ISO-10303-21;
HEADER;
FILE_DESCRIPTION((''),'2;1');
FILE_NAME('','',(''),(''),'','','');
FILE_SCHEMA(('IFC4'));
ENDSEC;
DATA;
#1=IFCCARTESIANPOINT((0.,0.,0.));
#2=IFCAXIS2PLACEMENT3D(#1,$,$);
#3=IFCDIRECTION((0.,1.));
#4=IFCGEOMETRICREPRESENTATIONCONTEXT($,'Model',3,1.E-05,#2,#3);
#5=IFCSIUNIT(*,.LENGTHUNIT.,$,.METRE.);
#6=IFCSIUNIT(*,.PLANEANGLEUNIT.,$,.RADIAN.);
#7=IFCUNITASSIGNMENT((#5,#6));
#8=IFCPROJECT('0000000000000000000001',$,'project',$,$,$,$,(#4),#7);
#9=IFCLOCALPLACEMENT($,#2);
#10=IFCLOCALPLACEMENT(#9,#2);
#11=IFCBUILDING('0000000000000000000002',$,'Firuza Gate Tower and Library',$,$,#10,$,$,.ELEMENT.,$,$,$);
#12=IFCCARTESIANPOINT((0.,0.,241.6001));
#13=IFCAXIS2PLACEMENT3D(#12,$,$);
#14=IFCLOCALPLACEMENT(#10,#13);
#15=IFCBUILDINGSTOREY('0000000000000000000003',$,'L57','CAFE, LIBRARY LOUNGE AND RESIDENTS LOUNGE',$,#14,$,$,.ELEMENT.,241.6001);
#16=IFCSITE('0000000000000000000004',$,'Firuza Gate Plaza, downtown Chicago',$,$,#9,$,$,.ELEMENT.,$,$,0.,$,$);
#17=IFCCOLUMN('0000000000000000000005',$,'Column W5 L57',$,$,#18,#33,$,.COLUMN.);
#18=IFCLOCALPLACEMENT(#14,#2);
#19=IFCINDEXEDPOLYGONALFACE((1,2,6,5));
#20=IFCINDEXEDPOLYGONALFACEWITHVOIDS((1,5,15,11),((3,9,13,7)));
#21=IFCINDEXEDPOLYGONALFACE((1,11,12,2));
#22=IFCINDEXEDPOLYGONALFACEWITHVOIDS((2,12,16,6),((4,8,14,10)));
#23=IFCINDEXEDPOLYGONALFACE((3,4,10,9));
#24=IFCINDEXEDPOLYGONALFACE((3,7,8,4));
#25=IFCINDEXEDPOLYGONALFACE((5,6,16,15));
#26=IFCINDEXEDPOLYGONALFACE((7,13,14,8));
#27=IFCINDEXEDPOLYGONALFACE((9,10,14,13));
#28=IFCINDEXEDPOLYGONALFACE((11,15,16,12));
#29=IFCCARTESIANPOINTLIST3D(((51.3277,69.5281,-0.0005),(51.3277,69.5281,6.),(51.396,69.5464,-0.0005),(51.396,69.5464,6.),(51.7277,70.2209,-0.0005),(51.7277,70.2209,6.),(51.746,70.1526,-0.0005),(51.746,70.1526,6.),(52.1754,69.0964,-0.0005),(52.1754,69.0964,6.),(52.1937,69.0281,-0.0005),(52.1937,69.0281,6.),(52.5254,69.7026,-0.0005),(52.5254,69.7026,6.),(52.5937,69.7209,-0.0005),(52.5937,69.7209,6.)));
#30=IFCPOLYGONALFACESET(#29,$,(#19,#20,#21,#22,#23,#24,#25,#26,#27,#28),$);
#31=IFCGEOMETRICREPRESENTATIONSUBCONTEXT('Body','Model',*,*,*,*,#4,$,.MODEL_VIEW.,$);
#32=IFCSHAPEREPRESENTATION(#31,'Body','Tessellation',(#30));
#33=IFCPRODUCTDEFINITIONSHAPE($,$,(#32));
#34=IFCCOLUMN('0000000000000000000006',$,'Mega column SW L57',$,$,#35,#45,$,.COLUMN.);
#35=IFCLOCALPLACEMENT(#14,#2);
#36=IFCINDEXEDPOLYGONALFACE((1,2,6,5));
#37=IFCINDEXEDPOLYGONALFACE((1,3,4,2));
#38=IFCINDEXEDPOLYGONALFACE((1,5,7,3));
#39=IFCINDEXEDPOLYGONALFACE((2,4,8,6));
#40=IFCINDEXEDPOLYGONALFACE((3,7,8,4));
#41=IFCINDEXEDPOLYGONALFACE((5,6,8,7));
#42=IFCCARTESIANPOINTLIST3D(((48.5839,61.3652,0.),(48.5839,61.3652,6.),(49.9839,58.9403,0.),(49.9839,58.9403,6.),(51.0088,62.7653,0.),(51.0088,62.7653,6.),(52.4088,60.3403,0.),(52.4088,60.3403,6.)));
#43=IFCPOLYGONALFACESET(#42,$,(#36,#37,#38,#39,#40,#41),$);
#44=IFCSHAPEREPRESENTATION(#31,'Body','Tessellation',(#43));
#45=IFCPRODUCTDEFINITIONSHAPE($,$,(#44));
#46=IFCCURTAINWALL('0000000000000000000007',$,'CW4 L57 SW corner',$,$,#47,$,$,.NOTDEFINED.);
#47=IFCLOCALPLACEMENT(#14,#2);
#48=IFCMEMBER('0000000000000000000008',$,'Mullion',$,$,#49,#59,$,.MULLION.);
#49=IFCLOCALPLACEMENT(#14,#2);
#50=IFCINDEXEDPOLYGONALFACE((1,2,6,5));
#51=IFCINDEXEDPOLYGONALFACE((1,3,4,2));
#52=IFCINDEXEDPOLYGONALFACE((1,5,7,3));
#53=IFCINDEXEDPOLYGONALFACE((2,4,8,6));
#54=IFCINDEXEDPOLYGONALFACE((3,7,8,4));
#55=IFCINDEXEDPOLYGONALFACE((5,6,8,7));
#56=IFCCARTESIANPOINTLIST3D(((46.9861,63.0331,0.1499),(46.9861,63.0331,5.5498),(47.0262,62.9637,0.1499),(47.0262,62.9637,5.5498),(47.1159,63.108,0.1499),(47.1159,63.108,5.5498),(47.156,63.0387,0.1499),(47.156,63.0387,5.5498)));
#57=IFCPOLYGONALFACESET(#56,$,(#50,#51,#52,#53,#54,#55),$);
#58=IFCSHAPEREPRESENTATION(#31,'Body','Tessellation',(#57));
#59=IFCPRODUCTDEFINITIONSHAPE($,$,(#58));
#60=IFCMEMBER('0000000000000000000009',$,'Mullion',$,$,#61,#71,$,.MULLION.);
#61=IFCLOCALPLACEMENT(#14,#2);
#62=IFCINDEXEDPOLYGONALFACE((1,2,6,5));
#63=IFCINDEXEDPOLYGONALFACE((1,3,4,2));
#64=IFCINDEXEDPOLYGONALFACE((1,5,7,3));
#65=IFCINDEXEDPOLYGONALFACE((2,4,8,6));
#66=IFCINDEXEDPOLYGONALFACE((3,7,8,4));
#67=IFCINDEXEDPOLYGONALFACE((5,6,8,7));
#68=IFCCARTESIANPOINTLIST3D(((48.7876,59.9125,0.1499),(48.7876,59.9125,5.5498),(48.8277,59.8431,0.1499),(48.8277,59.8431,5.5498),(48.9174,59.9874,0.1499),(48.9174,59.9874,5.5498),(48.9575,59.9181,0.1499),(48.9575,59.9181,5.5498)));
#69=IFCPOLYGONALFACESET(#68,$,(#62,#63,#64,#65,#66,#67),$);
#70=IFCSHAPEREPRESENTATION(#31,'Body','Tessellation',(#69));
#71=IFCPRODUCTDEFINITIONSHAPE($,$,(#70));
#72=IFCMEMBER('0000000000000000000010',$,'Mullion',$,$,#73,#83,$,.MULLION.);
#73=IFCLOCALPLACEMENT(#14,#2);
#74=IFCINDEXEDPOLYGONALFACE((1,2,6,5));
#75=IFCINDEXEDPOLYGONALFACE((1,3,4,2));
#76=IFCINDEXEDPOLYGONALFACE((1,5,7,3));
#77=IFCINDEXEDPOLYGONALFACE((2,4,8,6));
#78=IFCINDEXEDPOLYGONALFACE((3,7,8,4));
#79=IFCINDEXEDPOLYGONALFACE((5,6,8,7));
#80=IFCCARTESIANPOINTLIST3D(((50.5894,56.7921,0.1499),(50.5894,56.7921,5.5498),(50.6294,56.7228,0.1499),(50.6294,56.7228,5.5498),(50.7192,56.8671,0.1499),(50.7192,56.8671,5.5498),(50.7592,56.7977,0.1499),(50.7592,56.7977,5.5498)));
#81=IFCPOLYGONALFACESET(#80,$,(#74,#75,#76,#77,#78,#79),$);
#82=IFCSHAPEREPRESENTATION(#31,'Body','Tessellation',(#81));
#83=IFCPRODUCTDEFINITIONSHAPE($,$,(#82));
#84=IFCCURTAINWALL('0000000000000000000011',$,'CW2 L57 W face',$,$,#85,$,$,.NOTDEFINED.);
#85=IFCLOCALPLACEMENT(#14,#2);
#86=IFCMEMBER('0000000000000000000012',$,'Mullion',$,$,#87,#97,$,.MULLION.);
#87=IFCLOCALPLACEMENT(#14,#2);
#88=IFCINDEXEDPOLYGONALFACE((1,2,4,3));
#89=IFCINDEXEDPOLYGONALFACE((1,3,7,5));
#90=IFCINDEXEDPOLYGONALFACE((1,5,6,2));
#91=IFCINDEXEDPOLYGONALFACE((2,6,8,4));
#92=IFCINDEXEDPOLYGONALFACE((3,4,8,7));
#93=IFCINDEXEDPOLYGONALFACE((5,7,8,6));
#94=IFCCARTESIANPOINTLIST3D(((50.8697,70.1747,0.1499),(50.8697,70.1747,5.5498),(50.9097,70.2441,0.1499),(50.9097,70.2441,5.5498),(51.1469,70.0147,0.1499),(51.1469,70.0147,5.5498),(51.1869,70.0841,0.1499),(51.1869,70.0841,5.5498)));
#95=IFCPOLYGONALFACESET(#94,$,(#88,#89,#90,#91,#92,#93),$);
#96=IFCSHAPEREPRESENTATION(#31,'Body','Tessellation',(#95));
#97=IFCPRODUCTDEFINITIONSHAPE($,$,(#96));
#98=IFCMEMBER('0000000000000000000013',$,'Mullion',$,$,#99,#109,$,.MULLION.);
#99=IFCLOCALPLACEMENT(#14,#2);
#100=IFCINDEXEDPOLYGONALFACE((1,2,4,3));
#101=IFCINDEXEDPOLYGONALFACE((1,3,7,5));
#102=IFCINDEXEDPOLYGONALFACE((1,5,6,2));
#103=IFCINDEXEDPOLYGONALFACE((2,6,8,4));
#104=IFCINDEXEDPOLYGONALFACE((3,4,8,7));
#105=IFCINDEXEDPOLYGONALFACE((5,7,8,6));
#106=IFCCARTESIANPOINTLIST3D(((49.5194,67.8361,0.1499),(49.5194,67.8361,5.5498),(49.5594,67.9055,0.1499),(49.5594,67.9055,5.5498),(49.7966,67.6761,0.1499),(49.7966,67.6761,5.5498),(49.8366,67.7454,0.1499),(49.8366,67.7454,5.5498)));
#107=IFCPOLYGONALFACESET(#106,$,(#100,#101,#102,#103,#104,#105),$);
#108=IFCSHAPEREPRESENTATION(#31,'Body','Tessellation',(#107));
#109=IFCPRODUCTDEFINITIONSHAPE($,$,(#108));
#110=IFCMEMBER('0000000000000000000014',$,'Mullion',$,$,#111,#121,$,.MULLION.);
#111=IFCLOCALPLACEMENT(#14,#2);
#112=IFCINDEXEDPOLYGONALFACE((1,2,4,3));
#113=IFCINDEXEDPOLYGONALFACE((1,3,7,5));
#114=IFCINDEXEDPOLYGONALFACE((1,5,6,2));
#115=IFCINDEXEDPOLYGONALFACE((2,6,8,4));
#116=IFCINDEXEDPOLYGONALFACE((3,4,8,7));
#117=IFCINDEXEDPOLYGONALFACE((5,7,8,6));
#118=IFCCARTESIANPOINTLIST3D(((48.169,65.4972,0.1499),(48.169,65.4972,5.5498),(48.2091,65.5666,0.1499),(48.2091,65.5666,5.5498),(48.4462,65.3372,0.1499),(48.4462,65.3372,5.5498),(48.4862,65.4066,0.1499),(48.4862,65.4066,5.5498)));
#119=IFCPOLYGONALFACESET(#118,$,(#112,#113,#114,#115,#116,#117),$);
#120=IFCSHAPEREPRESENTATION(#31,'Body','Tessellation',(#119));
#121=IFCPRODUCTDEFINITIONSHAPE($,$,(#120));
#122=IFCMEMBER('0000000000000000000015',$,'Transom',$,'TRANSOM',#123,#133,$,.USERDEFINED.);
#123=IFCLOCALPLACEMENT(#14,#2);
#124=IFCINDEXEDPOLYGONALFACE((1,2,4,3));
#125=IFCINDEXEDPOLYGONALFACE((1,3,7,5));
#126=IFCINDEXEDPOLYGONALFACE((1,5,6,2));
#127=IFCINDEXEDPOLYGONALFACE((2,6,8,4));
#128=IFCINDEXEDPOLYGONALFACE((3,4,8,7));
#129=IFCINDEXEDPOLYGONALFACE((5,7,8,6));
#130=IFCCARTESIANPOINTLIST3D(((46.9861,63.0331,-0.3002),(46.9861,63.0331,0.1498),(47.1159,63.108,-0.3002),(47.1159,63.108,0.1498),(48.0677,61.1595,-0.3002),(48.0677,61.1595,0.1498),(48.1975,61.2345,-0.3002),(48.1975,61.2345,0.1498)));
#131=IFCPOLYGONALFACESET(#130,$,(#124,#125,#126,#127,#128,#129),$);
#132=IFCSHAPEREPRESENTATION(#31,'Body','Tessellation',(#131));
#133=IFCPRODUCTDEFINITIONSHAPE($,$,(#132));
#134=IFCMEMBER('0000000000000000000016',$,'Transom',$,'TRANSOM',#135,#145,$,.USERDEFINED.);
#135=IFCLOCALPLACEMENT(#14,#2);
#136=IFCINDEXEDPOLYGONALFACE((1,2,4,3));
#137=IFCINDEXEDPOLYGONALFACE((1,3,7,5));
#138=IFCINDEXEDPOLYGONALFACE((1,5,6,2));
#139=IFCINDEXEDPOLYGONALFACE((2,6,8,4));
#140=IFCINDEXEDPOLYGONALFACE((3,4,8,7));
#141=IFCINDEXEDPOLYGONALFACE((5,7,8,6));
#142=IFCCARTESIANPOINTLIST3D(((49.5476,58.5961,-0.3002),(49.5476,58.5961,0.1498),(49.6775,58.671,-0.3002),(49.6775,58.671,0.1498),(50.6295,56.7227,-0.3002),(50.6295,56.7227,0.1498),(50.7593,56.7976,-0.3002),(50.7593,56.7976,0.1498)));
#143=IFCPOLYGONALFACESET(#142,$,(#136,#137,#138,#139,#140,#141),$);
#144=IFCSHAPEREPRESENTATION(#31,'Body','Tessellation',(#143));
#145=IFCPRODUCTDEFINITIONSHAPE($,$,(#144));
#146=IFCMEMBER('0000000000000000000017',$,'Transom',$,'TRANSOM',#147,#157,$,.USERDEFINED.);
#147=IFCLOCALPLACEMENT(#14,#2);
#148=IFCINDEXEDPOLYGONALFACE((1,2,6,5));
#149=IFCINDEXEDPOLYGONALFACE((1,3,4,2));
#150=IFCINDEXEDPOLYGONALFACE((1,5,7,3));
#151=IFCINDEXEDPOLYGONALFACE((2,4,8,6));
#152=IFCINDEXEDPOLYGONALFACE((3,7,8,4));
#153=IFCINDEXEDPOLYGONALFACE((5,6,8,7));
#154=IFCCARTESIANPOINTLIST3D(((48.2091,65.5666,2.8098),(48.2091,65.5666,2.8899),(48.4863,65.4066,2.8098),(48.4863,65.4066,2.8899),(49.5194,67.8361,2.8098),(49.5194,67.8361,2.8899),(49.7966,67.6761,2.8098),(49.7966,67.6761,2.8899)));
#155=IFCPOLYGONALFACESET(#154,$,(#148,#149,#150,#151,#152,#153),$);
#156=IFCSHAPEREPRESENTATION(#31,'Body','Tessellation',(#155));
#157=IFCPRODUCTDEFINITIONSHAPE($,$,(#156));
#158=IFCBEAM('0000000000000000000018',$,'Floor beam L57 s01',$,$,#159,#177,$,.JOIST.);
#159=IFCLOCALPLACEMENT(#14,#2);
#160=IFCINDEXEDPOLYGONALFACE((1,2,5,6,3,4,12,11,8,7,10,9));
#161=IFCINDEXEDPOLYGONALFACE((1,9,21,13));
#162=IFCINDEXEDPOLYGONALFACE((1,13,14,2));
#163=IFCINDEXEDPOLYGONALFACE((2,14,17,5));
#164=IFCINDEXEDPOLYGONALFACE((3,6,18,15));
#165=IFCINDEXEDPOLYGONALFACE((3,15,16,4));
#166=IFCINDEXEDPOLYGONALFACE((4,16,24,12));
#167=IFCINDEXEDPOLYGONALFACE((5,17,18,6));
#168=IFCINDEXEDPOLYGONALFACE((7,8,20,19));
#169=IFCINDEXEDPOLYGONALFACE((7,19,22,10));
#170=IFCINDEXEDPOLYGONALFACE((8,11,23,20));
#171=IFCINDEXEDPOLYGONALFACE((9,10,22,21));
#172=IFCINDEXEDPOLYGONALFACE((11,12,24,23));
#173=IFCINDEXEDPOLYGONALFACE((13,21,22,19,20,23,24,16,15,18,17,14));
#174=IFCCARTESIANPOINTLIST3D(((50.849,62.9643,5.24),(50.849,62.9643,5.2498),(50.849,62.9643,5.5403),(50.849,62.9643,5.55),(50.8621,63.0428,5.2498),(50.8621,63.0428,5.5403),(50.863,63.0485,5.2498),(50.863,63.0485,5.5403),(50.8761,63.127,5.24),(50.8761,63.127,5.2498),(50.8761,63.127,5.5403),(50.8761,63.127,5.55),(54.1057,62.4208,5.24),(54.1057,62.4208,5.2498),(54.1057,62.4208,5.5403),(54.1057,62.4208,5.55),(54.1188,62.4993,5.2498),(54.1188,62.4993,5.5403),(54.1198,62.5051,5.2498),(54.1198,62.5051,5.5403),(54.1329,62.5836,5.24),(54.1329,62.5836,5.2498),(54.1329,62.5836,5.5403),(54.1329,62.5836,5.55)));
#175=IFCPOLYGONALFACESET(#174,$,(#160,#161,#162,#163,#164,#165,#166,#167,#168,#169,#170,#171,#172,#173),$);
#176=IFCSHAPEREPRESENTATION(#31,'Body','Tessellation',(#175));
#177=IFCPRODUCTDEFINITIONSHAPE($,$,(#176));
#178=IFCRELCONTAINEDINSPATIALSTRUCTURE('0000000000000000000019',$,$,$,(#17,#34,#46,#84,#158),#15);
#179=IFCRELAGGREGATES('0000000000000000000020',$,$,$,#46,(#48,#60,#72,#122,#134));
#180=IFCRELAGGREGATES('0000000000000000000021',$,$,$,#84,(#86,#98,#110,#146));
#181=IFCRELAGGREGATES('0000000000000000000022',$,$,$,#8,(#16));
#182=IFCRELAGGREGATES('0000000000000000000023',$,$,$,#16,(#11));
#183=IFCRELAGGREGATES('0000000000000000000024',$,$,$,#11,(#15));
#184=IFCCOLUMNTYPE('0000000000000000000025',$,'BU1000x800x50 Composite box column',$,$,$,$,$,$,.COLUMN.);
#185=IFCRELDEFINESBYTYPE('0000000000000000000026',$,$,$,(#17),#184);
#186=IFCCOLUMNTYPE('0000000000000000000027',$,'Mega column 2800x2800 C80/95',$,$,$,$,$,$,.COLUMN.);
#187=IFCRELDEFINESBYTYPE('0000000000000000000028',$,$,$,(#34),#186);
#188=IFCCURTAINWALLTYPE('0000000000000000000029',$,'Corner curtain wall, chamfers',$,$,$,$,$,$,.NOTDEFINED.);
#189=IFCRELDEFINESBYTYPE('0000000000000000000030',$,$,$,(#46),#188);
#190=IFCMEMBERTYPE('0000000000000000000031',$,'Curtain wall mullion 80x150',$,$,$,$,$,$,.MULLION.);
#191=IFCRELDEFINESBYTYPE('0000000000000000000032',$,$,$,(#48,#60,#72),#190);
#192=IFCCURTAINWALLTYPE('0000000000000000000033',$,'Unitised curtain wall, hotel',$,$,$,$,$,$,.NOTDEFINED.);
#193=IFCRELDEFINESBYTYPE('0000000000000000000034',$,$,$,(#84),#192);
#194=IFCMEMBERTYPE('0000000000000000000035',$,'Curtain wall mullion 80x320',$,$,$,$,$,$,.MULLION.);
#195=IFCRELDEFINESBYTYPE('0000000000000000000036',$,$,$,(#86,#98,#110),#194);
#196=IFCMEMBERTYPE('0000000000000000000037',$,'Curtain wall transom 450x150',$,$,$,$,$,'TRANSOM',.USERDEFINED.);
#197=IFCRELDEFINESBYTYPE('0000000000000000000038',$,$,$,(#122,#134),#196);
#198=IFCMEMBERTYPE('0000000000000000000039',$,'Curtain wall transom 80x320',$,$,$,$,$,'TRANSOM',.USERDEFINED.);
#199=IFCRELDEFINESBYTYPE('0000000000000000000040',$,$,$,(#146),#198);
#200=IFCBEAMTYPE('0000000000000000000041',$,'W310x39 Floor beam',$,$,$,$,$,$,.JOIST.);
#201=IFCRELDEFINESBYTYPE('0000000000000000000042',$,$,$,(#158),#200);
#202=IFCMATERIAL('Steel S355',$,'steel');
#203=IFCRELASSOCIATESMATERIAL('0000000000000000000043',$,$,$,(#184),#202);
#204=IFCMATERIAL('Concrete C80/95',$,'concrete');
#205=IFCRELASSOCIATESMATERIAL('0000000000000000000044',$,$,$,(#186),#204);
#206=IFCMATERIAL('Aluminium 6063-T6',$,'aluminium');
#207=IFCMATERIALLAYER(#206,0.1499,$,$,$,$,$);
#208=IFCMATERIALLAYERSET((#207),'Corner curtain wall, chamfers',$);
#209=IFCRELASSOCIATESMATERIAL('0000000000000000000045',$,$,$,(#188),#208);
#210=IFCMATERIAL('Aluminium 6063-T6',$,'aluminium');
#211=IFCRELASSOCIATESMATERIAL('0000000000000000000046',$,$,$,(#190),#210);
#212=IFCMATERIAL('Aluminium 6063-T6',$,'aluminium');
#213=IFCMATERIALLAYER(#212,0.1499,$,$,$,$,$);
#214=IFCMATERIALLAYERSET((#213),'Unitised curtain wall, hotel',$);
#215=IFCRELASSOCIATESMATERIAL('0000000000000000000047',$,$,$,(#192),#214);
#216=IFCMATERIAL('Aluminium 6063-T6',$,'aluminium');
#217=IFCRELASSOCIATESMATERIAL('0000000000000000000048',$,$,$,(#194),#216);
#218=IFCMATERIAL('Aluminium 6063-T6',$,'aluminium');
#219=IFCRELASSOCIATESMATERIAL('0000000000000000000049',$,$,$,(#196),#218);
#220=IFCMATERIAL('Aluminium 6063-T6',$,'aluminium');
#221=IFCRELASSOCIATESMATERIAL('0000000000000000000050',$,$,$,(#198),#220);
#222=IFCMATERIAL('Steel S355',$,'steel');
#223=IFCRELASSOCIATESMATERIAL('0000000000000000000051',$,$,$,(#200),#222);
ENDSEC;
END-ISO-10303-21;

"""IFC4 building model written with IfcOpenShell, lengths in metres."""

from ifc_helpers import new_model, si_unit, direction, frame, origin, origin_2d, place, context, subcontext, project, spatial, rectangle, hollow_rectangle, i_section, extrude, material, layer, layer_set, material_profile, profile_set, type_object, element, aggregate, save


model = new_model("IFC4")

# Units and contexts
model_context = context("Model", 3, precision=1e-05, world=origin(), true_north=direction((0.0, 1.0)))
body_context = subcontext(model_context, "Body", "Model", "MODEL_VIEW")
ifc_project = project(units=[si_unit("LENGTHUNIT", "METRE"), si_unit("PLANEANGLEUNIT", "RADIAN")], contexts=[model_context])

# Site, building, storey
site_placement = place(None, origin())
site = spatial("IfcSite", under=ifc_project, at=site_placement, Name="Firuza Gate Plaza, downtown Chicago", CompositionType="ELEMENT", RefElevation=0.0)
building_placement = place(site_placement, origin())
building = spatial("IfcBuilding", under=site, at=building_placement, Name="Firuza Gate Tower and Library", CompositionType="ELEMENT")
storey_placement = place(building_placement, frame((0.0, 0.0, 241.6001)))
storey = spatial("IfcBuildingStorey", under=building, at=storey_placement, Name="L57", Description="CAFE, LIBRARY LOUNGE AND RESIDENTS LOUNGE", CompositionType="ELEMENT", Elevation=241.6001)

# Columns
ifc_material_1 = material(Name="Steel S355", Category="steel")
ifc_material_profile_1 = material_profile(ifc_material_1, hollow_rectangle(XDim=0.8, YDim=1.0, WallThickness=0.05, at=origin_2d()))
ifc_profile_set_1 = profile_set([ifc_material_profile_1], Name="Steel S355")
column_type_1 = type_object("IfcColumnType", Name="BU1000x800x50 Composite box column", PredefinedType="COLUMN", material=ifc_profile_set_1)
column_1_placement = place(storey_placement, frame((51.9607, 69.6245, -0.0005), z_axis=(0.0, 0.0, 1.0), x_axis=(-0.5, -0.866025, 0.0)))
element("IfcColumn", 1, at=column_1_placement, inside=storey, type_object=column_type_1, Name="Column W5 L57", PredefinedType="COLUMN", context=body_context, shape_type="SweptSolid", body=[
    extrude(hollow_rectangle(XDim=0.8, YDim=1.0, WallThickness=0.05, at=origin_2d()), origin(), (0.0, 0.0, 1.0), 6.0005),
])
ifc_material_2 = material(Name="Concrete C80/95", Category="concrete")
ifc_material_profile_2 = material_profile(ifc_material_2, rectangle(XDim=2.8, YDim=2.8, at=origin_2d()))
ifc_profile_set_2 = profile_set([ifc_material_profile_2], Name="Concrete C80/95")
column_type_2 = type_object("IfcColumnType", Name="Mega column 2800x2800 C80/95", PredefinedType="COLUMN", material=ifc_profile_set_2)
column_2_placement = place(storey_placement, frame((50.4963, 60.8528, 0.0), z_axis=(0.0, 0.0, 1.0), x_axis=(0.5, -0.866025, 0.0)))
element("IfcColumn", 2, at=column_2_placement, inside=storey, type_object=column_type_2, Name="Mega column SW L57", PredefinedType="COLUMN", context=body_context, shape_type="SweptSolid", body=[
    extrude(rectangle(XDim=2.8, YDim=2.8, at=origin_2d()), origin(), (0.0, 0.0, 1.0), 6.0),
])

# Curtain walls, members
ifc_material_3 = material(Name="Aluminium 6063-T6", Category="aluminium")
ifc_layer_1 = layer(ifc_material_3, 0.1499)
ifc_layer_set_1 = layer_set([ifc_layer_1], Name="Corner curtain wall, chamfers")
curtain_wall_type_1 = type_object("IfcCurtainWallType", Name="Corner curtain wall, chamfers", PredefinedType="NOTDEFINED", material=ifc_layer_set_1)
placement = place(storey_placement, origin())
curtain_wall_1 = element("IfcCurtainWall", 3, at=placement, inside=storey, type_object=curtain_wall_type_1, Name="CW4 L57 SW corner", PredefinedType="NOTDEFINED")
ifc_material_4 = material(Name="Aluminium 6063-T6", Category="aluminium")
ifc_material_profile_3 = material_profile(ifc_material_4, rectangle(XDim=0.1499, YDim=0.0801, at=origin_2d()))
ifc_profile_set_3 = profile_set([ifc_material_profile_3], Name="Aluminium 6063-T6")
member_type_1 = type_object("IfcMemberType", Name="Curtain wall mullion 80x150", PredefinedType="MULLION", material=ifc_profile_set_3)
member_1_placement = place(storey_placement, frame((47.071, 63.0359, 0.1499), z_axis=(0.0, 0.0, 1.0), x_axis=(0.866025, 0.5, 0.0)))
member_1 = element("IfcMember", 4, at=member_1_placement, type_object=member_type_1, Name="Mullion", PredefinedType="MULLION", context=body_context, shape_type="SweptSolid", body=[
    extrude(rectangle(XDim=0.1499, YDim=0.0801, at=origin_2d()), origin(), (0.0, 0.0, 1.0), 5.3999),
])
member_2_placement = place(storey_placement, frame((48.8726, 59.9153, 0.1499), z_axis=(0.0, 0.0, 1.0), x_axis=(0.866025, 0.5, 0.0)))
member_2 = element("IfcMember", 5, at=member_2_placement, type_object=member_type_1, Name="Mullion", PredefinedType="MULLION", context=body_context, shape_type="SweptSolid", body=[
    extrude(rectangle(XDim=0.1499, YDim=0.0801, at=origin_2d()), origin(), (0.0, 0.0, 1.0), 5.3999),
])
member_3_placement = place(storey_placement, frame((50.6743, 56.7949, 0.1499), z_axis=(0.0, 0.0, 1.0), x_axis=(0.866025, 0.5, 0.0)))
member_3 = element("IfcMember", 6, at=member_3_placement, type_object=member_type_1, Name="Mullion", PredefinedType="MULLION", context=body_context, shape_type="SweptSolid", body=[
    extrude(rectangle(XDim=0.1499, YDim=0.0801, at=origin_2d()), origin(), (0.0, 0.0, 1.0), 5.3999),
])
ifc_material_5 = material(Name="Aluminium 6063-T6", Category="aluminium")
ifc_layer_2 = layer(ifc_material_5, 0.1499)
ifc_layer_set_2 = layer_set([ifc_layer_2], Name="Unitised curtain wall, hotel")
curtain_wall_type_2 = type_object("IfcCurtainWallType", Name="Unitised curtain wall, hotel", PredefinedType="NOTDEFINED", material=ifc_layer_set_2)
curtain_wall_2 = element("IfcCurtainWall", 7, at=placement, inside=storey, type_object=curtain_wall_type_2, Name="CW2 L57 W face", PredefinedType="NOTDEFINED")
ifc_material_6 = material(Name="Aluminium 6063-T6", Category="aluminium")
ifc_material_profile_4 = material_profile(ifc_material_6, rectangle(XDim=0.3201, YDim=0.0801, at=origin_2d()))
ifc_profile_set_4 = profile_set([ifc_material_profile_4], Name="Aluminium 6063-T6")
member_type_2 = type_object("IfcMemberType", Name="Curtain wall mullion 80x320", PredefinedType="MULLION", material=ifc_profile_set_4)
member_4_placement = place(storey_placement, frame((51.0283, 70.1294, 0.1499), z_axis=(0.0, 0.0, 1.0), x_axis=(0.866025, -0.5, 0.0)))
member_4 = element("IfcMember", 8, at=member_4_placement, type_object=member_type_2, Name="Mullion", PredefinedType="MULLION", context=body_context, shape_type="SweptSolid", body=[
    extrude(rectangle(XDim=0.3201, YDim=0.0801, at=origin_2d()), origin(), (0.0, 0.0, 1.0), 5.3999),
])
member_5_placement = place(storey_placement, frame((49.678, 67.7908, 0.1499), z_axis=(0.0, 0.0, 1.0), x_axis=(0.866025, -0.5, 0.0)))
member_5 = element("IfcMember", 9, at=member_5_placement, type_object=member_type_2, Name="Mullion", PredefinedType="MULLION", context=body_context, shape_type="SweptSolid", body=[
    extrude(rectangle(XDim=0.3201, YDim=0.0801, at=origin_2d()), origin(), (0.0, 0.0, 1.0), 5.3999),
])
member_6_placement = place(storey_placement, frame((48.3276, 65.4519, 0.1499), z_axis=(0.0, 0.0, 1.0), x_axis=(0.866025, -0.5, 0.0)))
member_6 = element("IfcMember", 10, at=member_6_placement, type_object=member_type_2, Name="Mullion", PredefinedType="MULLION", context=body_context, shape_type="SweptSolid", body=[
    extrude(rectangle(XDim=0.3201, YDim=0.0801, at=origin_2d()), origin(), (0.0, 0.0, 1.0), 5.3999),
])

# Members
ifc_material_7 = material(Name="Aluminium 6063-T6", Category="aluminium")
ifc_material_profile_5 = material_profile(ifc_material_7, rectangle(XDim=0.1499, YDim=0.45, at=origin_2d()))
ifc_profile_set_5 = profile_set([ifc_material_profile_5], Name="Aluminium 6063-T6")
member_type_3 = type_object("IfcMemberType", Name="Curtain wall transom 450x150", ElementType="TRANSOM", PredefinedType="USERDEFINED", material=ifc_profile_set_5)
member_7_placement = place(storey_placement, frame((47.051, 63.0706, -0.0752), z_axis=(0.49995, -0.866054, 0.0), x_axis=(0.866054, 0.49995, 0.0)))
member_7 = element("IfcMember", 11, at=member_7_placement, type_object=member_type_3, Name="Transom", ObjectType="TRANSOM", PredefinedType="USERDEFINED", context=body_context, shape_type="SweptSolid", body=[
    extrude(rectangle(XDim=0.1499, YDim=0.45, at=origin_2d()), origin(), (0.0, 0.0, 1.0), 2.1633),
])
member_8_placement = place(storey_placement, frame((49.6125, 58.6335, -0.0752), z_axis=(0.500084, -0.865977, 0.0), x_axis=(0.865977, 0.500084, 0.0)))
member_8 = element("IfcMember", 12, at=member_8_placement, type_object=member_type_3, Name="Transom", ObjectType="TRANSOM", PredefinedType="USERDEFINED", context=body_context, shape_type="SweptSolid", body=[
    extrude(rectangle(XDim=0.1499, YDim=0.45, at=origin_2d()), origin(), (0.0, 0.0, 1.0), 2.1633),
])
ifc_material_8 = material(Name="Aluminium 6063-T6", Category="aluminium")
ifc_material_profile_6 = material_profile(ifc_material_8, rectangle(XDim=0.3201, YDim=0.0801, at=origin_2d()))
ifc_profile_set_6 = profile_set([ifc_material_profile_6], Name="Aluminium 6063-T6")
member_type_4 = type_object("IfcMemberType", Name="Curtain wall transom 80x320", ElementType="TRANSOM", PredefinedType="USERDEFINED", material=ifc_profile_set_6)
member_9_placement = place(storey_placement, frame((49.658, 67.7561, 2.8499), z_axis=(-0.499997, -0.866027, 0.0), x_axis=(0.866027, -0.499997, 0.0)))
member_9 = element("IfcMember", 13, at=member_9_placement, type_object=member_type_4, Name="Transom", ObjectType="TRANSOM", PredefinedType="USERDEFINED", context=body_context, shape_type="SweptSolid", body=[
    extrude(rectangle(XDim=0.3201, YDim=0.0801, at=origin_2d()), origin(), (0.0, 0.0, 1.0), 2.6206),
])

# Beam
ifc_material_9 = material(Name="Steel S355", Category="steel")
ifc_material_profile_7 = material_profile(ifc_material_9, i_section(OverallWidth=0.165, OverallDepth=0.3101, WebThickness=0.0059, FlangeThickness=0.0098, at=origin_2d()))
ifc_profile_set_7 = profile_set([ifc_material_profile_7], Name="Steel S355")
beam_type_1 = type_object("IfcBeamType", Name="W310x39 Floor beam", PredefinedType="JOIST", material=ifc_profile_set_7)
beam_1_placement = place(storey_placement, frame((50.8625, 63.0457, 5.395), z_axis=(0.986362, -0.164591, 0.0), x_axis=(0.164591, 0.986362, 0.0)))
element("IfcBeam", 14, at=beam_1_placement, inside=storey, type_object=beam_type_1, Name="Floor beam L57 s01", PredefinedType="JOIST", context=body_context, shape_type="SweptSolid", body=[
    extrude(i_section(OverallWidth=0.165, OverallDepth=0.3101, WebThickness=0.0059, FlangeThickness=0.0098, at=origin_2d()), origin(), (0.0, 0.0, 1.0), 3.3018),
])

aggregate(curtain_wall_1, [member_1, member_2, member_3, member_7, member_8])
aggregate(curtain_wall_2, [member_4, member_5, member_6, member_9])

save(model, "model.ifc")
